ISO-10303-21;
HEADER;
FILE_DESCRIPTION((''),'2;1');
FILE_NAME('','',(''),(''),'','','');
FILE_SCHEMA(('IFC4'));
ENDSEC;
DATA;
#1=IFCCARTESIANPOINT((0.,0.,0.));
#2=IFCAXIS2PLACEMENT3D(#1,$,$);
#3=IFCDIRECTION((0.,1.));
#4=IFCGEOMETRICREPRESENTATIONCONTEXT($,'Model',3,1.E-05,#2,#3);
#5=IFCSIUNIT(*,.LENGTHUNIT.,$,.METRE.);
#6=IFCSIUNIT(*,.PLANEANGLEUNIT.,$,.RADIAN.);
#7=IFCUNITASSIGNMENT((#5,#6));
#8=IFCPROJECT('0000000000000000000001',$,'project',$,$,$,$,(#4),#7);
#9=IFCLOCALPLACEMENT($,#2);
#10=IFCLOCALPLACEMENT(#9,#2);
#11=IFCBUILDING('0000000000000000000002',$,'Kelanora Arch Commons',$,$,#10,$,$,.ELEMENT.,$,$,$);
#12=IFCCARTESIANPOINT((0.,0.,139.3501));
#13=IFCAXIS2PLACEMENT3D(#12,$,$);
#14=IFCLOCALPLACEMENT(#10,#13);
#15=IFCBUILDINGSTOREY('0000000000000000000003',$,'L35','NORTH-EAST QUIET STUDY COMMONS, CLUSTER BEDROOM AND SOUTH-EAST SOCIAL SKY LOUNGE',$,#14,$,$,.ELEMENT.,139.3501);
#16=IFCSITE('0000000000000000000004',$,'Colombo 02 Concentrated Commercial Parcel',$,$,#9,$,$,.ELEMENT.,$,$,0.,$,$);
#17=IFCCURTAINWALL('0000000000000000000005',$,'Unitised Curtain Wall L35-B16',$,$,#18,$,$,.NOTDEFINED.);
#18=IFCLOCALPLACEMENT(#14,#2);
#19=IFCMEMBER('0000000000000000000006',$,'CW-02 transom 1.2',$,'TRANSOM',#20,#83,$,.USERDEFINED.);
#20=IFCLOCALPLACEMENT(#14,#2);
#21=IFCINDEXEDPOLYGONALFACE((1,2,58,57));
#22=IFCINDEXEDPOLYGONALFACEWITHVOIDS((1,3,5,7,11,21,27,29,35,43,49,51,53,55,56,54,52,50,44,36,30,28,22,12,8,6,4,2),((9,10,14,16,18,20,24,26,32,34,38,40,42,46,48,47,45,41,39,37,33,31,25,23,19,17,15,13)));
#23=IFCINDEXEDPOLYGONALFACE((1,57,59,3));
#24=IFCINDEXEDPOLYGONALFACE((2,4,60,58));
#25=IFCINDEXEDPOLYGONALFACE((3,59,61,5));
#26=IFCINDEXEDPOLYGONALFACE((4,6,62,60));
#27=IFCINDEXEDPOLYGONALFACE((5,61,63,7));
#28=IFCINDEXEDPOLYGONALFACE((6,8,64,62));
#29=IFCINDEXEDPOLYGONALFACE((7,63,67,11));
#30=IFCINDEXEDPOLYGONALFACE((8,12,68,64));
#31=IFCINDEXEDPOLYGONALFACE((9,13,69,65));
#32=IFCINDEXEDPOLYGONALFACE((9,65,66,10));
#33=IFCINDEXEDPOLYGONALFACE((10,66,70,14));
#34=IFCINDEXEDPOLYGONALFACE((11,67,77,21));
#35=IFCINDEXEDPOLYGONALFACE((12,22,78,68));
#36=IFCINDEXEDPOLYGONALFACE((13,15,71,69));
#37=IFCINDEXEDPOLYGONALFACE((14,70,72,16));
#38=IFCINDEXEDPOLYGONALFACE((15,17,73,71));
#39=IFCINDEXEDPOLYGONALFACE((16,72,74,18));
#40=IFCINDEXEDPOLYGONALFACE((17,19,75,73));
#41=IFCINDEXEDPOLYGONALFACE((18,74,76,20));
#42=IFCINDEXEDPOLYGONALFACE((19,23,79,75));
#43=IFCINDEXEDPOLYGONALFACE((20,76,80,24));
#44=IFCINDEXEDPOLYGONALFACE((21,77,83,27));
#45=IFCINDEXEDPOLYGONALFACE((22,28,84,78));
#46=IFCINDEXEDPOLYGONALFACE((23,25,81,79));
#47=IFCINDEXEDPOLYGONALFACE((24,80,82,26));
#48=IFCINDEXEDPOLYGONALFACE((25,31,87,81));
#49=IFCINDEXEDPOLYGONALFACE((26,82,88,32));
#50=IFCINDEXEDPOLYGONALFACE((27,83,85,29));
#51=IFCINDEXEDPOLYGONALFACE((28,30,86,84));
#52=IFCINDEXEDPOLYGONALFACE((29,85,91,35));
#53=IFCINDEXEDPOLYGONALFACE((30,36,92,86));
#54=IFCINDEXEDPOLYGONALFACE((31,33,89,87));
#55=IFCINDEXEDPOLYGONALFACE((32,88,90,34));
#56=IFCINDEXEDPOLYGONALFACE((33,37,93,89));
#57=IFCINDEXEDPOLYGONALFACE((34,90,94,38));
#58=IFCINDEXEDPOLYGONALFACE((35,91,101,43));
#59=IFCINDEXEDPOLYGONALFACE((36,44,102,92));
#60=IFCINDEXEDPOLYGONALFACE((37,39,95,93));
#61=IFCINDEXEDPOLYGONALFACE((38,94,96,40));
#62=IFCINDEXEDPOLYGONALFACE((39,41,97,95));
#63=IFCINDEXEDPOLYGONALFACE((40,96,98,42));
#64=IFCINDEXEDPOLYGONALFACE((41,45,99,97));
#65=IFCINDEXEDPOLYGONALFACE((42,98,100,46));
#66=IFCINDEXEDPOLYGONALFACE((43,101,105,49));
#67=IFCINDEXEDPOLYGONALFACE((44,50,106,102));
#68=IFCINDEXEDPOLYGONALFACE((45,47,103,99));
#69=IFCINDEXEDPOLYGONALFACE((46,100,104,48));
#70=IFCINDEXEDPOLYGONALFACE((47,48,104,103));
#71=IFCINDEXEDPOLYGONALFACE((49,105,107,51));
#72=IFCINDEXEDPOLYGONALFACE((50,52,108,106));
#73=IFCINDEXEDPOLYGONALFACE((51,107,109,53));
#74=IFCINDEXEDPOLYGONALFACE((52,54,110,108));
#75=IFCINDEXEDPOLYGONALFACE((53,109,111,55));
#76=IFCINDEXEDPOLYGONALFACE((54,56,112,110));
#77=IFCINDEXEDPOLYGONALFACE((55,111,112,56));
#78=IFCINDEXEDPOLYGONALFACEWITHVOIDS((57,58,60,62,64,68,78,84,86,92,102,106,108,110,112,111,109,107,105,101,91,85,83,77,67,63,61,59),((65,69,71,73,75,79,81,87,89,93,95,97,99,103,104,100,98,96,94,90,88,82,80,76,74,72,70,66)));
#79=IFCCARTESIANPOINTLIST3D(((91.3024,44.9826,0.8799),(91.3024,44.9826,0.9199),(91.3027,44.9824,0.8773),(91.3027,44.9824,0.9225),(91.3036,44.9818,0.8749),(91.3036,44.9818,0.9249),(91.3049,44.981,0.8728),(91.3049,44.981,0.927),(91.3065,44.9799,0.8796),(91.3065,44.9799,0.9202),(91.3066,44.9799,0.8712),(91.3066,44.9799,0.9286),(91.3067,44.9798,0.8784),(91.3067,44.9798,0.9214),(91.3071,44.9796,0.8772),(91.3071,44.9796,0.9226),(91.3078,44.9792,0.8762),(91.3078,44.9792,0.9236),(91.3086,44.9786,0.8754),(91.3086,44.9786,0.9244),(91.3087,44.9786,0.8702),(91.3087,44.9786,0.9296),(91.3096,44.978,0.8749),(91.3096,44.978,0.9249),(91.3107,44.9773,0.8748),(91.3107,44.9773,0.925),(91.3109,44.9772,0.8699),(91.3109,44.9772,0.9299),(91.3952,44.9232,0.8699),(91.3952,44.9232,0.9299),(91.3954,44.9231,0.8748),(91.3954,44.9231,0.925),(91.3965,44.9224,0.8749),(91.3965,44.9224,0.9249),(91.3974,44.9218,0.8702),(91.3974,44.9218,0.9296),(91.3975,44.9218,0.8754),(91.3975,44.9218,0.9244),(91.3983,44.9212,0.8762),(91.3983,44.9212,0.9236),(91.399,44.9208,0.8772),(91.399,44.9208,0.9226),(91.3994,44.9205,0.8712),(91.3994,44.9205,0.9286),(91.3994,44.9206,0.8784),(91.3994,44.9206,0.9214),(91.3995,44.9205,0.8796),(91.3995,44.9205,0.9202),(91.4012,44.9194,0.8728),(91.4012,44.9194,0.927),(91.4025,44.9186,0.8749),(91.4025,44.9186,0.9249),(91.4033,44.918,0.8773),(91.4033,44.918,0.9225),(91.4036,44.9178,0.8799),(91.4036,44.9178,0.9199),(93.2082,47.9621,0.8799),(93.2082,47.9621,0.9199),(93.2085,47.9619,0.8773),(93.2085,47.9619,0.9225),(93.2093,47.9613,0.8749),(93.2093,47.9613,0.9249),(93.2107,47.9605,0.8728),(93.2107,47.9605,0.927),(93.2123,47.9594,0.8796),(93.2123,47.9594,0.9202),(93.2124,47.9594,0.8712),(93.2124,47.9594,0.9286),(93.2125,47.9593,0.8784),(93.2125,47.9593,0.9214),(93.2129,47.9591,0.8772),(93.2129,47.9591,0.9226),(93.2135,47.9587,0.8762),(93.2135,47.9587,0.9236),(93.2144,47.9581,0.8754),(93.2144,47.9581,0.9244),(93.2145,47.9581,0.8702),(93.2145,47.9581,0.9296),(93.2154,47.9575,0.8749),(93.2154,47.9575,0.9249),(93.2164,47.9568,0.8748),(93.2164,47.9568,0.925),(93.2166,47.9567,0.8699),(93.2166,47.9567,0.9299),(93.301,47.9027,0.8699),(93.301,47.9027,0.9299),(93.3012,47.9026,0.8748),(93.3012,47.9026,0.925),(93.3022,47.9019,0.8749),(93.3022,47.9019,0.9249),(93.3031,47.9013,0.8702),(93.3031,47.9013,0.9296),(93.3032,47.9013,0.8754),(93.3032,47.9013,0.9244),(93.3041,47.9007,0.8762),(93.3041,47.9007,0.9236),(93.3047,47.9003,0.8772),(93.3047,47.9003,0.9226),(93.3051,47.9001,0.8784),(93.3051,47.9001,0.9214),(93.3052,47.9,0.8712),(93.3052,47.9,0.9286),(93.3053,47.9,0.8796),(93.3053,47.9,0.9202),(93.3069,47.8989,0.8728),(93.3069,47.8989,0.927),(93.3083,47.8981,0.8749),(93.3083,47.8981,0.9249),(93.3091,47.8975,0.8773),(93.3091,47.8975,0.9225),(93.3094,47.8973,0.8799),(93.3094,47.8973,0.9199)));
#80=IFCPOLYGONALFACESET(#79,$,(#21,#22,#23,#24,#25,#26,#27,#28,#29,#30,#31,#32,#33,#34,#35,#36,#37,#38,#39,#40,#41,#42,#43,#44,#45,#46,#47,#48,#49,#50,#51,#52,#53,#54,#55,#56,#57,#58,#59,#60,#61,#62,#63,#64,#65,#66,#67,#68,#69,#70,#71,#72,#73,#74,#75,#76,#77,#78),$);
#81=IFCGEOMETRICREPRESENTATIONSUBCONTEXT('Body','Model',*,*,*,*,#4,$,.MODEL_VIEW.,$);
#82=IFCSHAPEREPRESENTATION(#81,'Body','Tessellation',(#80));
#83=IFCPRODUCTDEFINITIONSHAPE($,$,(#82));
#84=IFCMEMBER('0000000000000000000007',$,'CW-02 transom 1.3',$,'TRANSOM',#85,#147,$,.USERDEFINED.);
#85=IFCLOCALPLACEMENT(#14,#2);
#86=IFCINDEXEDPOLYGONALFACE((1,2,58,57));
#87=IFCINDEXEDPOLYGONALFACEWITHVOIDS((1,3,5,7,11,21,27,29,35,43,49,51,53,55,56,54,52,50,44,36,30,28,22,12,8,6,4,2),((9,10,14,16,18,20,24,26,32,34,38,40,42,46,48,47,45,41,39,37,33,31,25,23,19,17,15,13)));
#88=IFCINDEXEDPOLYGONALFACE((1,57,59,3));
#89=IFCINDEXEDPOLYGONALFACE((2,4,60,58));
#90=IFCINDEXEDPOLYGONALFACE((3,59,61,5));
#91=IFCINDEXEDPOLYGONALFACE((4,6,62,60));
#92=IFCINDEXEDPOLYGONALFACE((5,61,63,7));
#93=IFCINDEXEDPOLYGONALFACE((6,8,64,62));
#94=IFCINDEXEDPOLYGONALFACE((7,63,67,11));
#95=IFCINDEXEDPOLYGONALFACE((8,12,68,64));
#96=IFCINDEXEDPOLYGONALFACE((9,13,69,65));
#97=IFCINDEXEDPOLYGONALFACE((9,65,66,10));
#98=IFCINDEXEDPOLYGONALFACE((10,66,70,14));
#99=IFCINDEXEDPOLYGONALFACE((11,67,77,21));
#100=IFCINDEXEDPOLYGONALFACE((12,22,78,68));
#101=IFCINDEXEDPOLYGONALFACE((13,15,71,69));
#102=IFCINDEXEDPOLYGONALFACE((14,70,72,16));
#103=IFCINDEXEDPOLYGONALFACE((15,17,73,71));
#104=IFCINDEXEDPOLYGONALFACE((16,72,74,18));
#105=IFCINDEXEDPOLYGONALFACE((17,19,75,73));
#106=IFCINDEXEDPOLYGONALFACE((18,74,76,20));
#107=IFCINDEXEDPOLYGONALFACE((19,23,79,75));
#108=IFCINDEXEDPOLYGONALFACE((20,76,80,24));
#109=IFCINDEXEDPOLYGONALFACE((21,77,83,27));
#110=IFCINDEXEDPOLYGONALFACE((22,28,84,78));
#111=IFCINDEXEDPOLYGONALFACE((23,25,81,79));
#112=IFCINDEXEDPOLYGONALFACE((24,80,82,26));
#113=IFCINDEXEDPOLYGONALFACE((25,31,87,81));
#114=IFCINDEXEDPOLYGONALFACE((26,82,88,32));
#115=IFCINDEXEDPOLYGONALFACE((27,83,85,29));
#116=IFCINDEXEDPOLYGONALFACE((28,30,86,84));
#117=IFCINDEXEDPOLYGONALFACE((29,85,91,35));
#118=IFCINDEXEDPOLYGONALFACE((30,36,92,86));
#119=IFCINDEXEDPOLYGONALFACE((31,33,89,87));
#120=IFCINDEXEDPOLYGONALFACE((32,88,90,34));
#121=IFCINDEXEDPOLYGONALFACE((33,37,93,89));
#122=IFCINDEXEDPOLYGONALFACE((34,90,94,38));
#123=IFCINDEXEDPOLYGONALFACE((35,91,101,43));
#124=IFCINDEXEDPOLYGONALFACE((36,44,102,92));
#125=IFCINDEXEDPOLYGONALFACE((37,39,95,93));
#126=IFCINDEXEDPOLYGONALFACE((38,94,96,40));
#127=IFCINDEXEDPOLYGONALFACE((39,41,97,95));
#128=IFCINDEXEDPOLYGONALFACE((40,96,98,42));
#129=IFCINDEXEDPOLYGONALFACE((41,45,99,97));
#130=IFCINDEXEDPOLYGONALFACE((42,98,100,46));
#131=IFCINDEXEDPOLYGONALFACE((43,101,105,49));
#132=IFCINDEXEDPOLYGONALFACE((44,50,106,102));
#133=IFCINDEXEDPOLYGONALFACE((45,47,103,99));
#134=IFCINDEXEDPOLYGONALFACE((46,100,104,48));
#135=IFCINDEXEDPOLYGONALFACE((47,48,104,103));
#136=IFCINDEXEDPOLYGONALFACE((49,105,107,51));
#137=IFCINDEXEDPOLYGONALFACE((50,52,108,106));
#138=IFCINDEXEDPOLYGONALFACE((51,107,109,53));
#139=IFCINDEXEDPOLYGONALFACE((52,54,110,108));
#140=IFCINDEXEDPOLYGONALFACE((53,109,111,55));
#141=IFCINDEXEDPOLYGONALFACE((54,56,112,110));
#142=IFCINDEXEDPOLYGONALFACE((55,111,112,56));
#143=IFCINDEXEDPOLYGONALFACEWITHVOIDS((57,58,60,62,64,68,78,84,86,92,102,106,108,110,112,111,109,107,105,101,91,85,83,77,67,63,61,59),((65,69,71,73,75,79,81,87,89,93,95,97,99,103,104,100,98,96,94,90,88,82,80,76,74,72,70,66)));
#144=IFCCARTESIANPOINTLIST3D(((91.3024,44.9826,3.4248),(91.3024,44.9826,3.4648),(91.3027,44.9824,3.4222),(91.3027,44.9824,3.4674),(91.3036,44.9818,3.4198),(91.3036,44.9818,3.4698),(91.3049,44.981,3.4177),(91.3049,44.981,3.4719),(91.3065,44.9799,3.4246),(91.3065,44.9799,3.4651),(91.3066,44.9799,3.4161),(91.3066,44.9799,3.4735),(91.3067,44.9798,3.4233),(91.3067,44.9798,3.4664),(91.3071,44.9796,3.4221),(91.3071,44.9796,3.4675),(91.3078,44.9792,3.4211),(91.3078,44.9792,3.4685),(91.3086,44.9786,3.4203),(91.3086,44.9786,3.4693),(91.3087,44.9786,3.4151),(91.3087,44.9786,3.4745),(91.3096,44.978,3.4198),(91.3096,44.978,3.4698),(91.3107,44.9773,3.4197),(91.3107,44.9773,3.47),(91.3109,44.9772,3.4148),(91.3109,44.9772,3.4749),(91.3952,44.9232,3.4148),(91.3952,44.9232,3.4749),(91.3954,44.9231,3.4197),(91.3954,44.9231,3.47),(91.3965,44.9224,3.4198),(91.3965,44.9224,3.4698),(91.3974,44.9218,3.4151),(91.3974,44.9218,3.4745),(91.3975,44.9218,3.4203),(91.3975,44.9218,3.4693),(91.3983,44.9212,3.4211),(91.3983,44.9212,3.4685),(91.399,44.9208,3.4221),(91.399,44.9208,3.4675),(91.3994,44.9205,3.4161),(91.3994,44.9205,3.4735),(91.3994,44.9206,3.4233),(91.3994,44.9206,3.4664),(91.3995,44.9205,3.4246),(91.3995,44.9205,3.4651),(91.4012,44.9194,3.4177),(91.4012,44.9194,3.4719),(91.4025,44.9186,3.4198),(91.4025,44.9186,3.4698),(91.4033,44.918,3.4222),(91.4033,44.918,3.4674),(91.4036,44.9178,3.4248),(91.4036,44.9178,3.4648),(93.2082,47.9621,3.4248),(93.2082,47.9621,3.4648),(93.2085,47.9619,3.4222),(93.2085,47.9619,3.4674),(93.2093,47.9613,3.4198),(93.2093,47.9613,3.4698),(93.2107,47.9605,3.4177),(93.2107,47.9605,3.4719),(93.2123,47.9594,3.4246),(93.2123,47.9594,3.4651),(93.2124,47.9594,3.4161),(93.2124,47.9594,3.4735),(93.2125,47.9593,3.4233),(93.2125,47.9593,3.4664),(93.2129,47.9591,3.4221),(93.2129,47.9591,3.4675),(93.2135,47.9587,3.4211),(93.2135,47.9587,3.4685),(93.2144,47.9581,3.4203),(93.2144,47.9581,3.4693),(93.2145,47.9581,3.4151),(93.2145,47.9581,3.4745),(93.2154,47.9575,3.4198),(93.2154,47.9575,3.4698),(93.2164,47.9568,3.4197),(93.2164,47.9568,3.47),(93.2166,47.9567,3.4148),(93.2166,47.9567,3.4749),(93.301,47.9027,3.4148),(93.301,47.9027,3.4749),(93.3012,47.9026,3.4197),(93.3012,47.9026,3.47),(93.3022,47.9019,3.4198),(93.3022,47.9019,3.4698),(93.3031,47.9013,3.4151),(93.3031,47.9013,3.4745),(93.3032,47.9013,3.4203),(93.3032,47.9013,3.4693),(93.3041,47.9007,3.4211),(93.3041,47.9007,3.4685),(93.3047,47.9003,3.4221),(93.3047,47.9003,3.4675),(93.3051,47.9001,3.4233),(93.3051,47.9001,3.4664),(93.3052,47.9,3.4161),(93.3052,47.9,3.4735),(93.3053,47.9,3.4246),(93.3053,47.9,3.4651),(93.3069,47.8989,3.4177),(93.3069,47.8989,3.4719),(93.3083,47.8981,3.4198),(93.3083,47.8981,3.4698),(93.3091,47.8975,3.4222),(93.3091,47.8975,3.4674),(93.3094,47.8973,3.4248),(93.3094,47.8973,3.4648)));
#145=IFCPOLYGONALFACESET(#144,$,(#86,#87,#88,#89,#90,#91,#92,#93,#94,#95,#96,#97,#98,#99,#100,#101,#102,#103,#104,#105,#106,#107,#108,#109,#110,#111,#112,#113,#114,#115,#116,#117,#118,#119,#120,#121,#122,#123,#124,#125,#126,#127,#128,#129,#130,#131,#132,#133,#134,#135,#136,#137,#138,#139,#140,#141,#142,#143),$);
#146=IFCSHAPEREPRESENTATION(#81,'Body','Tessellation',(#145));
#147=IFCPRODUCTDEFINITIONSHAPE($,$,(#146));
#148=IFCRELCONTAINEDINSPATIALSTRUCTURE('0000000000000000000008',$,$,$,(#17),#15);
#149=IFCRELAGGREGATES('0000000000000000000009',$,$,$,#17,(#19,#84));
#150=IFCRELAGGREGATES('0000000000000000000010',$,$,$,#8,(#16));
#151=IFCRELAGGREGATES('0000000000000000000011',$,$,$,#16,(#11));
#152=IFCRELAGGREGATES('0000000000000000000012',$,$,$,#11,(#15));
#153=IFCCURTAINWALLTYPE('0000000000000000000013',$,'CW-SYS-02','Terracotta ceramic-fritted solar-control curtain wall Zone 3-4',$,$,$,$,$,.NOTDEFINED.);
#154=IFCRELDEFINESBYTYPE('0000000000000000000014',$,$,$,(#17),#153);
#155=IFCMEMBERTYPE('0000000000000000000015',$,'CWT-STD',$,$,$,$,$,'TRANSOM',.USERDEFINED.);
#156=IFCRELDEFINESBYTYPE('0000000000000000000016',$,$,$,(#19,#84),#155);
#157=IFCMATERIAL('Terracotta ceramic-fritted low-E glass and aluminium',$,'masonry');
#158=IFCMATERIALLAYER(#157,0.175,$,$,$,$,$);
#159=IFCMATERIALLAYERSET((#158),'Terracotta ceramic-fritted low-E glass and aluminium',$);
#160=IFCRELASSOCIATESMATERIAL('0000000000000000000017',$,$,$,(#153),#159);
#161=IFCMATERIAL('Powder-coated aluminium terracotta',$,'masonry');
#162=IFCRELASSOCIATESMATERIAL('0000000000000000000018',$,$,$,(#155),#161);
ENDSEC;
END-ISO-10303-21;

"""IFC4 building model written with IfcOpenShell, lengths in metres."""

from ifc_helpers import new_model, si_unit, direction, frame, origin, origin_2d, place, context, subcontext, project, spatial, hollow_rectangle, extrude, material, layer, layer_set, material_profile, profile_set, type_object, element, aggregate, save


model = new_model("IFC4")

# Units and contexts
model_context = context("Model", 3, precision=1e-05, world=origin(), true_north=direction((0.0, 1.0)))
body_context = subcontext(model_context, "Body", "Model", "MODEL_VIEW")
ifc_project = project(units=[si_unit("LENGTHUNIT", "METRE"), si_unit("PLANEANGLEUNIT", "RADIAN")], contexts=[model_context])

# Site, building, storey
site_placement = place(None, origin())
site = spatial("IfcSite", under=ifc_project, at=site_placement, Name="Colombo 02 Concentrated Commercial Parcel", CompositionType="ELEMENT", RefElevation=0.0)
building_placement = place(site_placement, origin())
building = spatial("IfcBuilding", under=site, at=building_placement, Name="Kelanora Arch Commons", CompositionType="ELEMENT")
storey_placement = place(building_placement, frame((0.0, 0.0, 139.3501)))
storey = spatial("IfcBuildingStorey", under=building, at=storey_placement, Name="L35", Description="NORTH-EAST QUIET STUDY COMMONS, CLUSTER BEDROOM AND SOUTH-EAST SOCIAL SKY LOUNGE", CompositionType="ELEMENT", Elevation=139.3501)

# Shared definitions
ifc_material_1 = material(Name="Terracotta ceramic-fritted low-E glass and aluminium", Category="masonry")
ifc_layer_1 = layer(ifc_material_1, 0.175)
ifc_layer_set_1 = layer_set([ifc_layer_1], Name="Terracotta ceramic-fritted low-E glass and aluminium")
curtain_wall_type = type_object("IfcCurtainWallType", Name="CW-SYS-02", Description="Terracotta ceramic-fritted solar-control curtain wall Zone 3-4", PredefinedType="NOTDEFINED", material=ifc_layer_set_1)
ifc_material_2 = material(Name="Powder-coated aluminium terracotta", Category="masonry")

# Curtain wall, members
curtain_wall_1_placement = place(storey_placement, origin())
curtain_wall_1 = element("IfcCurtainWall", 1, at=curtain_wall_1_placement, inside=storey, type_object=curtain_wall_type, Name="Unitised Curtain Wall L35-B16", PredefinedType="NOTDEFINED")
ifc_material_profile_1 = material_profile(ifc_material_2, hollow_rectangle(XDim=0.1201, YDim=0.0601, WallThickness=0.0049, InnerFilletRadius=0.0049, OuterFilletRadius=0.01, at=origin_2d()), Name="CWT120x60")
ifc_profile_set_1 = profile_set([ifc_material_profile_1], Name="Powder-coated aluminium terracotta")
member_type_1 = type_object("IfcMemberType", Name="CWT-STD", ElementType="TRANSOM", PredefinedType="USERDEFINED", material=ifc_profile_set_1)
member_1_placement = place(storey_placement, frame((91.353, 44.9502, 0.8999), z_axis=(0.53883, 0.842414, 0.0), x_axis=(-0.842414, 0.53883, 0.0)))
member_1 = element("IfcMember", 2, at=member_1_placement, type_object=member_type_1, Name="CW-02 transom 1.2", ObjectType="TRANSOM", PredefinedType="USERDEFINED", context=body_context, shape_type="SweptSolid", body=[
    extrude(hollow_rectangle(XDim=0.1201, YDim=0.0601, WallThickness=0.0049, InnerFilletRadius=0.0049, OuterFilletRadius=0.01, at=origin_2d()), origin(), (0.0, 0.0, 1.0), 3.5369),
])
member_2_placement = place(storey_placement, frame((91.353, 44.9502, 3.4448), z_axis=(0.53883, 0.842414, 0.0), x_axis=(-0.842414, 0.53883, 0.0)))
member_2 = element("IfcMember", 3, at=member_2_placement, type_object=member_type_1, Name="CW-02 transom 1.3", ObjectType="TRANSOM", PredefinedType="USERDEFINED", context=body_context, shape_type="SweptSolid", body=[
    extrude(hollow_rectangle(XDim=0.1201, YDim=0.0601, WallThickness=0.0049, InnerFilletRadius=0.0049, OuterFilletRadius=0.01, at=origin_2d()), origin(), (0.0, 0.0, 1.0), 3.5369),
])

aggregate(curtain_wall_1, [member_1, member_2])

save(model, "model.ifc")
